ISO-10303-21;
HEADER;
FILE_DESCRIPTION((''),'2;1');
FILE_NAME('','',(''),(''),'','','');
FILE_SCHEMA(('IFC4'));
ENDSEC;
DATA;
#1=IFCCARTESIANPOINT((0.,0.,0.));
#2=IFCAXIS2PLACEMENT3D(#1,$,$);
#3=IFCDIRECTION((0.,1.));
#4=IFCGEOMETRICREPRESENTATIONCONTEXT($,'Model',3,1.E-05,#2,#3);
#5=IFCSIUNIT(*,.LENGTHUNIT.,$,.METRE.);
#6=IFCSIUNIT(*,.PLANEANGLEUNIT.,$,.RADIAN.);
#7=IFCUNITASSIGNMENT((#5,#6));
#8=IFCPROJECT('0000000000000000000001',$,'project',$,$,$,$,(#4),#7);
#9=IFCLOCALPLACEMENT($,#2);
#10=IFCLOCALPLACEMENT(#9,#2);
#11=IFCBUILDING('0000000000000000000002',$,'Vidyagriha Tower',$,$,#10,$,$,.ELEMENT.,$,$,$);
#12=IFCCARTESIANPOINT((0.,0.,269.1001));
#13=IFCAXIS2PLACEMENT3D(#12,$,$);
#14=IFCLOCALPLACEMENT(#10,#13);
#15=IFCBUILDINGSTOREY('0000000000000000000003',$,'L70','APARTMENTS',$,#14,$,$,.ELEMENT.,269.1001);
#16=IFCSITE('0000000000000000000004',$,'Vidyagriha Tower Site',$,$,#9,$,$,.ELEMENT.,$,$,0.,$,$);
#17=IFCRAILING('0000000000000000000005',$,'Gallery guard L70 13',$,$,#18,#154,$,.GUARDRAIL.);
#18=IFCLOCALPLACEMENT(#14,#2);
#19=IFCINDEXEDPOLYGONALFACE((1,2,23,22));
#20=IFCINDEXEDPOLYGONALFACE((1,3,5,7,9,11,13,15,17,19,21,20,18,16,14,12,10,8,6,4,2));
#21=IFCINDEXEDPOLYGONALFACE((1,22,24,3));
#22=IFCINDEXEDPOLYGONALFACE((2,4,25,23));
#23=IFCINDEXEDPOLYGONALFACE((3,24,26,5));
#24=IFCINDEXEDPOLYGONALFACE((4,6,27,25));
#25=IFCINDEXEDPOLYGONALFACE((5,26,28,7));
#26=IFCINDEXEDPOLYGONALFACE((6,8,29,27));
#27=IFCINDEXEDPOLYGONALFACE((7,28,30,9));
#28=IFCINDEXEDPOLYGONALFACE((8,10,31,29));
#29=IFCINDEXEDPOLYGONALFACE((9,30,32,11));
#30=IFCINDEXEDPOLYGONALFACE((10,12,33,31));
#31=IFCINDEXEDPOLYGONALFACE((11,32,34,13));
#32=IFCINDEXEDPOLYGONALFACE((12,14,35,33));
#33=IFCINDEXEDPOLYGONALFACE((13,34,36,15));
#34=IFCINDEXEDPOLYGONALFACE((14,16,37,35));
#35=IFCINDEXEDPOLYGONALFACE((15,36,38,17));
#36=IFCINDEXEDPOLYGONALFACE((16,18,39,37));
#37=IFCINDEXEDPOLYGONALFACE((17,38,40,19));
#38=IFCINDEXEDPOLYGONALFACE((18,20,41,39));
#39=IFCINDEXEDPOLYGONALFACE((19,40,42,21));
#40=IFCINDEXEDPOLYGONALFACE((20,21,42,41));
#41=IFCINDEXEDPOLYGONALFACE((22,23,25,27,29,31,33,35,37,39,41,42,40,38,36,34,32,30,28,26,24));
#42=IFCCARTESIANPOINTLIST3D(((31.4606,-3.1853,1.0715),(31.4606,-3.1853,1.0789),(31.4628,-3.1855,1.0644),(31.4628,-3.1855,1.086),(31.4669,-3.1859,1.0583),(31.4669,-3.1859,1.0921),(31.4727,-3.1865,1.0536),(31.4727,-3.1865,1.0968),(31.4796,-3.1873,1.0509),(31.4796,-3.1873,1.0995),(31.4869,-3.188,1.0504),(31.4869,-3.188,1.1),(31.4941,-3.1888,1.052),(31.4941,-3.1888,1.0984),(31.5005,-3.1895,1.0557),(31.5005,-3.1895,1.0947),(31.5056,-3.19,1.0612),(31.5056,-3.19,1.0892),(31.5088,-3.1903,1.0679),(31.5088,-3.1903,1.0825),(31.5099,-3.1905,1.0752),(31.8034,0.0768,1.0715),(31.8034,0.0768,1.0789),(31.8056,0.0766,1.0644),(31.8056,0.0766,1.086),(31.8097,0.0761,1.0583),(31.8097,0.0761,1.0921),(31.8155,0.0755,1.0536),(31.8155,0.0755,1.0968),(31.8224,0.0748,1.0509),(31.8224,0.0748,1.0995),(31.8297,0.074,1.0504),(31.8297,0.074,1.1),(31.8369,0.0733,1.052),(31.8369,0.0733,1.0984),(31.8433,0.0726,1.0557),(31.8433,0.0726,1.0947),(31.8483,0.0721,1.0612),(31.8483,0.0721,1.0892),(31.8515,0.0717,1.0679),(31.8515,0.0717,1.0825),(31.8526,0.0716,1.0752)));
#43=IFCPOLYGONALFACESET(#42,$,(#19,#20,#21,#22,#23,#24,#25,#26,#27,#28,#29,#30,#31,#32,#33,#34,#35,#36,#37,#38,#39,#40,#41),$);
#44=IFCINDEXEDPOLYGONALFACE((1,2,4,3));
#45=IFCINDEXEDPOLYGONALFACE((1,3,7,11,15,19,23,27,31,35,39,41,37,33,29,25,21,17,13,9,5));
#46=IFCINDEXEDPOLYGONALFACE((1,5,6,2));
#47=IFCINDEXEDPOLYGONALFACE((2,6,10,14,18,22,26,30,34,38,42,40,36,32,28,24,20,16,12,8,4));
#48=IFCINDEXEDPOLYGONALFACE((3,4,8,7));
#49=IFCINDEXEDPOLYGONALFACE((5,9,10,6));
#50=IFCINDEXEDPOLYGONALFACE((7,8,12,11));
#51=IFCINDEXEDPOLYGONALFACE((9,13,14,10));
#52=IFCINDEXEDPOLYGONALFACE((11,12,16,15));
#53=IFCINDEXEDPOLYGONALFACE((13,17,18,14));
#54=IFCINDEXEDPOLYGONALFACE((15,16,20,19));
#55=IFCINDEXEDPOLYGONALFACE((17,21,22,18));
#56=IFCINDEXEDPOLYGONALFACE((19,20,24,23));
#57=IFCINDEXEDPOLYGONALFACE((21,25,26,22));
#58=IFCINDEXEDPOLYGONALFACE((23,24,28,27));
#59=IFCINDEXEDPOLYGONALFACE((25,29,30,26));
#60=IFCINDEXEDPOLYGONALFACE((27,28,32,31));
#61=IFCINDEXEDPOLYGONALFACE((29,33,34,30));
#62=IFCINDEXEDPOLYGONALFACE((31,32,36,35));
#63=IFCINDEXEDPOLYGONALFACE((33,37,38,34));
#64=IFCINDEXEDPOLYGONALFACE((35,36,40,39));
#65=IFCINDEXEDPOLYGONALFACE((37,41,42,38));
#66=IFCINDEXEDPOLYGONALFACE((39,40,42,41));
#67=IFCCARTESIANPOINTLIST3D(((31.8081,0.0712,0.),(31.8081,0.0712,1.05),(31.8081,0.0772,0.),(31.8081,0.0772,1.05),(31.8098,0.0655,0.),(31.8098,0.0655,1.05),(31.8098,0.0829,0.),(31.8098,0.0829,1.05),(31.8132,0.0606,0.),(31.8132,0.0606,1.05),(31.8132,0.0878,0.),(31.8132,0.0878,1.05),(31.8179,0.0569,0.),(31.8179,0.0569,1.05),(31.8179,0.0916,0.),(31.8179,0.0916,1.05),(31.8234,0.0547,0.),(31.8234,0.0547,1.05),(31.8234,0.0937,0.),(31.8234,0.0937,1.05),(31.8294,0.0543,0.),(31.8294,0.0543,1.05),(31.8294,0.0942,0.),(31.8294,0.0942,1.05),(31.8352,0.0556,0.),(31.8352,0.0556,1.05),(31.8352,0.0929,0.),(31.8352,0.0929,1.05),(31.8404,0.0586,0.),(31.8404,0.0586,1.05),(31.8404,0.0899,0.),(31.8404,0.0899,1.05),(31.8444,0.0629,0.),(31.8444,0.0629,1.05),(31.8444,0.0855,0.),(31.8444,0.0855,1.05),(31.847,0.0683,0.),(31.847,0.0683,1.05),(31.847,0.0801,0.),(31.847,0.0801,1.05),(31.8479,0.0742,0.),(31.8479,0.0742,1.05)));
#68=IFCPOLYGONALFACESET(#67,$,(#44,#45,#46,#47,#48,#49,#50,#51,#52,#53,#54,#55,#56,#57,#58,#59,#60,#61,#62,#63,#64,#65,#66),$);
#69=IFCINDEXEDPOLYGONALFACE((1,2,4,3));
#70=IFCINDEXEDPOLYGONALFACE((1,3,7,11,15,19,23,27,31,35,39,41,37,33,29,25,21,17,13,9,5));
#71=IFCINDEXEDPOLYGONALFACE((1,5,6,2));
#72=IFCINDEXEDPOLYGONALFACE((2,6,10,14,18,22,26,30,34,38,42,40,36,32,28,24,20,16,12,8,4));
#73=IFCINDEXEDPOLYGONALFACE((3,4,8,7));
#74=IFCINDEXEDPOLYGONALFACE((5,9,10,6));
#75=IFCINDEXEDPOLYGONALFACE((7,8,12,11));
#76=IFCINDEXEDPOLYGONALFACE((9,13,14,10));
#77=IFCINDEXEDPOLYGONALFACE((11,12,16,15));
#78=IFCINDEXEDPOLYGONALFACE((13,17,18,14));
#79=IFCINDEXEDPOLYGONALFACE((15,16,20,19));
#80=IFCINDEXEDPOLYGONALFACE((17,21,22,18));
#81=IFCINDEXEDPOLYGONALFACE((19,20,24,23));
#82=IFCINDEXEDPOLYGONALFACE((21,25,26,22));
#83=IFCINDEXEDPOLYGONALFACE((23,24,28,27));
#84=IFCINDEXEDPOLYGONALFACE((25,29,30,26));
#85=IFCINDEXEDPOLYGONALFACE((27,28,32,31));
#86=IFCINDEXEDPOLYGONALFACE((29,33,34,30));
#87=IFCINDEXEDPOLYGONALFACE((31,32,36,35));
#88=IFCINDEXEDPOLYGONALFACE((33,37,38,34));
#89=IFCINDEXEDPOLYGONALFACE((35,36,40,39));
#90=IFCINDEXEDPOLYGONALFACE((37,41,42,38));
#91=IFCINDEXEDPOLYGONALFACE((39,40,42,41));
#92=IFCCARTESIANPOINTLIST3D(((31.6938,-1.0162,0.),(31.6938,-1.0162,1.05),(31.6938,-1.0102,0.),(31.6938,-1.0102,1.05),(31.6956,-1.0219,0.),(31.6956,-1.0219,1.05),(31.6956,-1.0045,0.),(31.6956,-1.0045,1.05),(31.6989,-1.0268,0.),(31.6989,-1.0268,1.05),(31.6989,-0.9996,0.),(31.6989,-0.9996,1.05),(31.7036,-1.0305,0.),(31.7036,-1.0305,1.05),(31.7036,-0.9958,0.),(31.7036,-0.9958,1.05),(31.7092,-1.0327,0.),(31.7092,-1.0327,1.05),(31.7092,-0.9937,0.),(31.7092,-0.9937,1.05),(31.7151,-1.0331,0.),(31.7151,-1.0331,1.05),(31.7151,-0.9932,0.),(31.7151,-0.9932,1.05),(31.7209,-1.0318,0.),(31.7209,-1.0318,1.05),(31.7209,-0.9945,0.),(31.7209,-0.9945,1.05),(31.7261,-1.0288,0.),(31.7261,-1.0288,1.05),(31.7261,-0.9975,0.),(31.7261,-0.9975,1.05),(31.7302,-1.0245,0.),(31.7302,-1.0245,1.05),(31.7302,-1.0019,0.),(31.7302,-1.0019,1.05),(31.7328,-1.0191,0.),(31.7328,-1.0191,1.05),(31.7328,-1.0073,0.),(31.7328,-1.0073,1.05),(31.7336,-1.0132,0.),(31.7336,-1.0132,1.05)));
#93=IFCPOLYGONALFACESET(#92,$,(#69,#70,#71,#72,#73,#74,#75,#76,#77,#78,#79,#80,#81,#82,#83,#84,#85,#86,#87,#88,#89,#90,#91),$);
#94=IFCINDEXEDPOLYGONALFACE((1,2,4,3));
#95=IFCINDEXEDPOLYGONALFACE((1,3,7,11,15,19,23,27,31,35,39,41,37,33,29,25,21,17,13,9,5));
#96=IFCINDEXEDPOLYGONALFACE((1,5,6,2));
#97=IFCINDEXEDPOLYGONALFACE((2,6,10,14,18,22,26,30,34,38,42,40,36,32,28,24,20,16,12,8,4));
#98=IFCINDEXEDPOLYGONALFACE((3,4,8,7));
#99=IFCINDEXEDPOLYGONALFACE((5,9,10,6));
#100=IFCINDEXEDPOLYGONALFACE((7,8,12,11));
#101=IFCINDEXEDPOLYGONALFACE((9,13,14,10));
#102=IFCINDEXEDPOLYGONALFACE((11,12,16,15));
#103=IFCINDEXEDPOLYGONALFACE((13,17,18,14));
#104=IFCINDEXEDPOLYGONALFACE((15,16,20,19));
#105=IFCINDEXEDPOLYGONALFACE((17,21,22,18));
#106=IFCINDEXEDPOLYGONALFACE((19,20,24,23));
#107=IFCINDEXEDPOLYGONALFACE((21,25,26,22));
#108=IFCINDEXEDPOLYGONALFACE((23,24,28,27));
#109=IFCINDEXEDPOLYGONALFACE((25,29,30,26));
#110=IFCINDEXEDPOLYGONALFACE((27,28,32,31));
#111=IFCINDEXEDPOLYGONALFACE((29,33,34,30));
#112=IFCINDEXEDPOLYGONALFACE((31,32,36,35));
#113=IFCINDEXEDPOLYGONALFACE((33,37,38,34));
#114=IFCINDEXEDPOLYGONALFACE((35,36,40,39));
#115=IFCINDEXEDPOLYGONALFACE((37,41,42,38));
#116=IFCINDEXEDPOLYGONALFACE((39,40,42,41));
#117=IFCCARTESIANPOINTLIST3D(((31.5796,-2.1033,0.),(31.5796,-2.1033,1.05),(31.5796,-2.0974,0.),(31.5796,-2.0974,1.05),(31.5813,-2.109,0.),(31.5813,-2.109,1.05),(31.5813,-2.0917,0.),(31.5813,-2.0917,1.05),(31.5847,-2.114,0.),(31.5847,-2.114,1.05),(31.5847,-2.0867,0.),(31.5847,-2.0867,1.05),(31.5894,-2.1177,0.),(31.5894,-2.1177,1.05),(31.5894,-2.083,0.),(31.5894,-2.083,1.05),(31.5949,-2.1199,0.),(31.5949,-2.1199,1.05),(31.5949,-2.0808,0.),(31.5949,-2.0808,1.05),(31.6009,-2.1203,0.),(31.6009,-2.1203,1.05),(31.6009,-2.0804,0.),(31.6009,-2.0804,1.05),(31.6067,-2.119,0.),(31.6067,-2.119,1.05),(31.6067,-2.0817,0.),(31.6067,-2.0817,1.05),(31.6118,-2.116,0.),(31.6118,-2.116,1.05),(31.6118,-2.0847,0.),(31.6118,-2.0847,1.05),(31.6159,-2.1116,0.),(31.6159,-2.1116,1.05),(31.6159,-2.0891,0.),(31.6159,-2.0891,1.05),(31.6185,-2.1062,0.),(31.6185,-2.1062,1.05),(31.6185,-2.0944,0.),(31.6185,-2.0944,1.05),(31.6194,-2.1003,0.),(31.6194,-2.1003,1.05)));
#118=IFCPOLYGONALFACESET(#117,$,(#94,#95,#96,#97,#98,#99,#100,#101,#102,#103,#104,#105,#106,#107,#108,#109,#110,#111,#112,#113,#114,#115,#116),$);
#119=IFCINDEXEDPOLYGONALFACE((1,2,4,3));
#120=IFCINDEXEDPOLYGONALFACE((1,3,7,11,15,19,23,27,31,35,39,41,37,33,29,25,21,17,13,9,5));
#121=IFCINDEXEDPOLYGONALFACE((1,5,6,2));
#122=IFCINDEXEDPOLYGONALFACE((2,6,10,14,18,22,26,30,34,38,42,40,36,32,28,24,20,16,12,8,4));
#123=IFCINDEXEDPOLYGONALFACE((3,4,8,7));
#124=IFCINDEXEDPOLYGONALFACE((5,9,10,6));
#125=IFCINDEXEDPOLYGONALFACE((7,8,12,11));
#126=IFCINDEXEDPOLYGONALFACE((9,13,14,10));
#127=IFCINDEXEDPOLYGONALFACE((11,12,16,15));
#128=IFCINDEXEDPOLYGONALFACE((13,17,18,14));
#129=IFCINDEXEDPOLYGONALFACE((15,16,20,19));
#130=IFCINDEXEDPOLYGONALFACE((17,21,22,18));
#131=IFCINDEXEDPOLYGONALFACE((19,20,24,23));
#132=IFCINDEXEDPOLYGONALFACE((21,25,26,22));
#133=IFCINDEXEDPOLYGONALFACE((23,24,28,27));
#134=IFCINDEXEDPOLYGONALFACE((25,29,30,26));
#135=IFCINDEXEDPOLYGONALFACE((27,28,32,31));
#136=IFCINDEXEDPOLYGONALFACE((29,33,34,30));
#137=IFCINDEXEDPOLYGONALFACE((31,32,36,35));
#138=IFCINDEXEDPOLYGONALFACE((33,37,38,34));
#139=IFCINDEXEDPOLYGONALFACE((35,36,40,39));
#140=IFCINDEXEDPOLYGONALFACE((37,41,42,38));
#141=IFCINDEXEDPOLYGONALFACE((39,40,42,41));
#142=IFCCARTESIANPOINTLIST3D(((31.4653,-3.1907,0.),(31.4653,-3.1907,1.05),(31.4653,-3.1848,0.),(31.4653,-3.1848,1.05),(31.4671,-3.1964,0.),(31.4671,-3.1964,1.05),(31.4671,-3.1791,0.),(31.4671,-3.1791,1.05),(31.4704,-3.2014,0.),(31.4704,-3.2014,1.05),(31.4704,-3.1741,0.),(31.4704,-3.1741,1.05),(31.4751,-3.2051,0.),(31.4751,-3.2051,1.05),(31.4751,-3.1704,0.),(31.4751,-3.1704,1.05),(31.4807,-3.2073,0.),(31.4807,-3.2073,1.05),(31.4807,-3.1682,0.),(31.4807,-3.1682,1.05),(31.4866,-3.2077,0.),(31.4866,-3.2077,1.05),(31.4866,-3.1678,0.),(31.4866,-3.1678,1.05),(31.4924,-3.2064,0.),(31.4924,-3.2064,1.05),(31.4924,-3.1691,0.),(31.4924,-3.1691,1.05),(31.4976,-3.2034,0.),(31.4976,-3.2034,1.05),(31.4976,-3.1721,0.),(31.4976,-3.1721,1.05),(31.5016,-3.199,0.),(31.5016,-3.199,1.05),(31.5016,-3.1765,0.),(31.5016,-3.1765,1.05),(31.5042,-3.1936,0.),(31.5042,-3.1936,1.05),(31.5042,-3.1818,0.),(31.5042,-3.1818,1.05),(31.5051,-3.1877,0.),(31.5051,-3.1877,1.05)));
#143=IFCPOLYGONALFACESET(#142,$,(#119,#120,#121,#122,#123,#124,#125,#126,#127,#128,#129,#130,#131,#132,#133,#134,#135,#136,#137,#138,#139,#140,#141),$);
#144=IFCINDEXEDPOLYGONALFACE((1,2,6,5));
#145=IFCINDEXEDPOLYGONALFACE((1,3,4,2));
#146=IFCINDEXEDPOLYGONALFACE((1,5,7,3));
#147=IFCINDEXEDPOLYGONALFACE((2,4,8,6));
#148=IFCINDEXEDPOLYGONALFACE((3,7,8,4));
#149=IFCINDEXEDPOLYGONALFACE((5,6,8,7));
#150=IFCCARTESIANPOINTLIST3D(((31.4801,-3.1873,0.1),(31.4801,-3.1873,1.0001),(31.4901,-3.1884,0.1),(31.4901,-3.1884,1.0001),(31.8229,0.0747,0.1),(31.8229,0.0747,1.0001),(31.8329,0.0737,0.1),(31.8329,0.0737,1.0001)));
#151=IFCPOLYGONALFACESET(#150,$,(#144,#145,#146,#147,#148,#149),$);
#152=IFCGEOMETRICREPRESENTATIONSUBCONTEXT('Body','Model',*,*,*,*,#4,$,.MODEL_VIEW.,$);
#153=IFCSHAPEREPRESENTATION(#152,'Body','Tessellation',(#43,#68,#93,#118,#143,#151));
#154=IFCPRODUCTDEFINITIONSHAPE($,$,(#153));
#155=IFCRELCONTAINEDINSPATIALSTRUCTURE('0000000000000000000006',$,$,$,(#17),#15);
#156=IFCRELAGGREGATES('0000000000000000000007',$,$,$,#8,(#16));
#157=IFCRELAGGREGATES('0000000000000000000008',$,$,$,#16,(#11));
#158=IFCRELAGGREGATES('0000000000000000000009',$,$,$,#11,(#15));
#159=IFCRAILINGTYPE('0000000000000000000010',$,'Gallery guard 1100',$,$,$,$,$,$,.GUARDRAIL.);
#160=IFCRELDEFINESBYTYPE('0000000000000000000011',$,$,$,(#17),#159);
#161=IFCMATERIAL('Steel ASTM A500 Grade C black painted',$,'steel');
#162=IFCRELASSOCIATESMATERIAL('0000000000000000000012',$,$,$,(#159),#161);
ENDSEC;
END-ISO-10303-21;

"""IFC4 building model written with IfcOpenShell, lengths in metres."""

from ifc_helpers import new_model, si_unit, direction, frame, origin, origin_2d, place, context, subcontext, project, spatial, rectangle, circle, extrude, material, type_object, element, save


model = new_model("IFC4")

# Units and contexts
model_context = context("Model", 3, precision=1e-05, world=origin(), true_north=direction((0.0, 1.0)))
body_context = subcontext(model_context, "Body", "Model", "MODEL_VIEW")
ifc_project = project(units=[si_unit("LENGTHUNIT", "METRE"), si_unit("PLANEANGLEUNIT", "RADIAN")], contexts=[model_context])

# Site, building, storey
site_placement = place(None, origin())
site = spatial("IfcSite", under=ifc_project, at=site_placement, Name="Vidyagriha Tower Site", CompositionType="ELEMENT", RefElevation=0.0)
building_placement = place(site_placement, origin())
building = spatial("IfcBuilding", under=site, at=building_placement, Name="Vidyagriha Tower", CompositionType="ELEMENT")
storey_placement = place(building_placement, frame((0.0, 0.0, 269.1001)))
storey = spatial("IfcBuildingStorey", under=building, at=storey_placement, Name="L70", Description="APARTMENTS", CompositionType="ELEMENT", Elevation=269.1001)

# Railing
ifc_material_1 = material(Name="Steel ASTM A500 Grade C black painted", Category="steel")
railing_type_1 = type_object("IfcRailingType", Name="Gallery guard 1100", PredefinedType="GUARDRAIL", material=ifc_material_1)
railing_1_placement = place(storey_placement, frame((31.8279, 0.0742, 0.0)))
element("IfcRailing", 1, at=railing_1_placement, inside=storey, type_object=railing_type_1, Name="Gallery guard L70 13", PredefinedType="GUARDRAIL", context=body_context, shape_type="SweptSolid", body=[
    extrude(circle(Radius=0.0249, at=origin_2d()), frame((0.0, 0.0, 1.0752), z_axis=(-0.104507, -0.994524, 0.0), x_axis=(0.994524, -0.104507, 0.0)), (0.0, 0.0, 1.0), 3.28),
    extrude(circle(Radius=0.02, at=origin_2d()), origin(), (0.0, 0.0, 1.0), 1.05),
    extrude(circle(Radius=0.02, at=origin_2d()), frame((-0.1143, -1.0874, 0.0)), (0.0, 0.0, 1.0), 1.05),
    extrude(circle(Radius=0.02, at=origin_2d()), frame((-0.2285, -2.1746, 0.0)), (0.0, 0.0, 1.0), 1.05),
    extrude(circle(Radius=0.02, at=origin_2d()), frame((-0.3428, -3.262, 0.0)), (0.0, 0.0, 1.0), 1.05),
    extrude(rectangle(XDim=0.01, YDim=0.9001, at=origin_2d()), frame((0.0, 0.0, 0.55), z_axis=(-0.104507, -0.994524, 0.0), x_axis=(0.994524, -0.104507, 0.0)), (0.0, 0.0, 1.0), 3.28),
])

save(model, "model.ifc")
